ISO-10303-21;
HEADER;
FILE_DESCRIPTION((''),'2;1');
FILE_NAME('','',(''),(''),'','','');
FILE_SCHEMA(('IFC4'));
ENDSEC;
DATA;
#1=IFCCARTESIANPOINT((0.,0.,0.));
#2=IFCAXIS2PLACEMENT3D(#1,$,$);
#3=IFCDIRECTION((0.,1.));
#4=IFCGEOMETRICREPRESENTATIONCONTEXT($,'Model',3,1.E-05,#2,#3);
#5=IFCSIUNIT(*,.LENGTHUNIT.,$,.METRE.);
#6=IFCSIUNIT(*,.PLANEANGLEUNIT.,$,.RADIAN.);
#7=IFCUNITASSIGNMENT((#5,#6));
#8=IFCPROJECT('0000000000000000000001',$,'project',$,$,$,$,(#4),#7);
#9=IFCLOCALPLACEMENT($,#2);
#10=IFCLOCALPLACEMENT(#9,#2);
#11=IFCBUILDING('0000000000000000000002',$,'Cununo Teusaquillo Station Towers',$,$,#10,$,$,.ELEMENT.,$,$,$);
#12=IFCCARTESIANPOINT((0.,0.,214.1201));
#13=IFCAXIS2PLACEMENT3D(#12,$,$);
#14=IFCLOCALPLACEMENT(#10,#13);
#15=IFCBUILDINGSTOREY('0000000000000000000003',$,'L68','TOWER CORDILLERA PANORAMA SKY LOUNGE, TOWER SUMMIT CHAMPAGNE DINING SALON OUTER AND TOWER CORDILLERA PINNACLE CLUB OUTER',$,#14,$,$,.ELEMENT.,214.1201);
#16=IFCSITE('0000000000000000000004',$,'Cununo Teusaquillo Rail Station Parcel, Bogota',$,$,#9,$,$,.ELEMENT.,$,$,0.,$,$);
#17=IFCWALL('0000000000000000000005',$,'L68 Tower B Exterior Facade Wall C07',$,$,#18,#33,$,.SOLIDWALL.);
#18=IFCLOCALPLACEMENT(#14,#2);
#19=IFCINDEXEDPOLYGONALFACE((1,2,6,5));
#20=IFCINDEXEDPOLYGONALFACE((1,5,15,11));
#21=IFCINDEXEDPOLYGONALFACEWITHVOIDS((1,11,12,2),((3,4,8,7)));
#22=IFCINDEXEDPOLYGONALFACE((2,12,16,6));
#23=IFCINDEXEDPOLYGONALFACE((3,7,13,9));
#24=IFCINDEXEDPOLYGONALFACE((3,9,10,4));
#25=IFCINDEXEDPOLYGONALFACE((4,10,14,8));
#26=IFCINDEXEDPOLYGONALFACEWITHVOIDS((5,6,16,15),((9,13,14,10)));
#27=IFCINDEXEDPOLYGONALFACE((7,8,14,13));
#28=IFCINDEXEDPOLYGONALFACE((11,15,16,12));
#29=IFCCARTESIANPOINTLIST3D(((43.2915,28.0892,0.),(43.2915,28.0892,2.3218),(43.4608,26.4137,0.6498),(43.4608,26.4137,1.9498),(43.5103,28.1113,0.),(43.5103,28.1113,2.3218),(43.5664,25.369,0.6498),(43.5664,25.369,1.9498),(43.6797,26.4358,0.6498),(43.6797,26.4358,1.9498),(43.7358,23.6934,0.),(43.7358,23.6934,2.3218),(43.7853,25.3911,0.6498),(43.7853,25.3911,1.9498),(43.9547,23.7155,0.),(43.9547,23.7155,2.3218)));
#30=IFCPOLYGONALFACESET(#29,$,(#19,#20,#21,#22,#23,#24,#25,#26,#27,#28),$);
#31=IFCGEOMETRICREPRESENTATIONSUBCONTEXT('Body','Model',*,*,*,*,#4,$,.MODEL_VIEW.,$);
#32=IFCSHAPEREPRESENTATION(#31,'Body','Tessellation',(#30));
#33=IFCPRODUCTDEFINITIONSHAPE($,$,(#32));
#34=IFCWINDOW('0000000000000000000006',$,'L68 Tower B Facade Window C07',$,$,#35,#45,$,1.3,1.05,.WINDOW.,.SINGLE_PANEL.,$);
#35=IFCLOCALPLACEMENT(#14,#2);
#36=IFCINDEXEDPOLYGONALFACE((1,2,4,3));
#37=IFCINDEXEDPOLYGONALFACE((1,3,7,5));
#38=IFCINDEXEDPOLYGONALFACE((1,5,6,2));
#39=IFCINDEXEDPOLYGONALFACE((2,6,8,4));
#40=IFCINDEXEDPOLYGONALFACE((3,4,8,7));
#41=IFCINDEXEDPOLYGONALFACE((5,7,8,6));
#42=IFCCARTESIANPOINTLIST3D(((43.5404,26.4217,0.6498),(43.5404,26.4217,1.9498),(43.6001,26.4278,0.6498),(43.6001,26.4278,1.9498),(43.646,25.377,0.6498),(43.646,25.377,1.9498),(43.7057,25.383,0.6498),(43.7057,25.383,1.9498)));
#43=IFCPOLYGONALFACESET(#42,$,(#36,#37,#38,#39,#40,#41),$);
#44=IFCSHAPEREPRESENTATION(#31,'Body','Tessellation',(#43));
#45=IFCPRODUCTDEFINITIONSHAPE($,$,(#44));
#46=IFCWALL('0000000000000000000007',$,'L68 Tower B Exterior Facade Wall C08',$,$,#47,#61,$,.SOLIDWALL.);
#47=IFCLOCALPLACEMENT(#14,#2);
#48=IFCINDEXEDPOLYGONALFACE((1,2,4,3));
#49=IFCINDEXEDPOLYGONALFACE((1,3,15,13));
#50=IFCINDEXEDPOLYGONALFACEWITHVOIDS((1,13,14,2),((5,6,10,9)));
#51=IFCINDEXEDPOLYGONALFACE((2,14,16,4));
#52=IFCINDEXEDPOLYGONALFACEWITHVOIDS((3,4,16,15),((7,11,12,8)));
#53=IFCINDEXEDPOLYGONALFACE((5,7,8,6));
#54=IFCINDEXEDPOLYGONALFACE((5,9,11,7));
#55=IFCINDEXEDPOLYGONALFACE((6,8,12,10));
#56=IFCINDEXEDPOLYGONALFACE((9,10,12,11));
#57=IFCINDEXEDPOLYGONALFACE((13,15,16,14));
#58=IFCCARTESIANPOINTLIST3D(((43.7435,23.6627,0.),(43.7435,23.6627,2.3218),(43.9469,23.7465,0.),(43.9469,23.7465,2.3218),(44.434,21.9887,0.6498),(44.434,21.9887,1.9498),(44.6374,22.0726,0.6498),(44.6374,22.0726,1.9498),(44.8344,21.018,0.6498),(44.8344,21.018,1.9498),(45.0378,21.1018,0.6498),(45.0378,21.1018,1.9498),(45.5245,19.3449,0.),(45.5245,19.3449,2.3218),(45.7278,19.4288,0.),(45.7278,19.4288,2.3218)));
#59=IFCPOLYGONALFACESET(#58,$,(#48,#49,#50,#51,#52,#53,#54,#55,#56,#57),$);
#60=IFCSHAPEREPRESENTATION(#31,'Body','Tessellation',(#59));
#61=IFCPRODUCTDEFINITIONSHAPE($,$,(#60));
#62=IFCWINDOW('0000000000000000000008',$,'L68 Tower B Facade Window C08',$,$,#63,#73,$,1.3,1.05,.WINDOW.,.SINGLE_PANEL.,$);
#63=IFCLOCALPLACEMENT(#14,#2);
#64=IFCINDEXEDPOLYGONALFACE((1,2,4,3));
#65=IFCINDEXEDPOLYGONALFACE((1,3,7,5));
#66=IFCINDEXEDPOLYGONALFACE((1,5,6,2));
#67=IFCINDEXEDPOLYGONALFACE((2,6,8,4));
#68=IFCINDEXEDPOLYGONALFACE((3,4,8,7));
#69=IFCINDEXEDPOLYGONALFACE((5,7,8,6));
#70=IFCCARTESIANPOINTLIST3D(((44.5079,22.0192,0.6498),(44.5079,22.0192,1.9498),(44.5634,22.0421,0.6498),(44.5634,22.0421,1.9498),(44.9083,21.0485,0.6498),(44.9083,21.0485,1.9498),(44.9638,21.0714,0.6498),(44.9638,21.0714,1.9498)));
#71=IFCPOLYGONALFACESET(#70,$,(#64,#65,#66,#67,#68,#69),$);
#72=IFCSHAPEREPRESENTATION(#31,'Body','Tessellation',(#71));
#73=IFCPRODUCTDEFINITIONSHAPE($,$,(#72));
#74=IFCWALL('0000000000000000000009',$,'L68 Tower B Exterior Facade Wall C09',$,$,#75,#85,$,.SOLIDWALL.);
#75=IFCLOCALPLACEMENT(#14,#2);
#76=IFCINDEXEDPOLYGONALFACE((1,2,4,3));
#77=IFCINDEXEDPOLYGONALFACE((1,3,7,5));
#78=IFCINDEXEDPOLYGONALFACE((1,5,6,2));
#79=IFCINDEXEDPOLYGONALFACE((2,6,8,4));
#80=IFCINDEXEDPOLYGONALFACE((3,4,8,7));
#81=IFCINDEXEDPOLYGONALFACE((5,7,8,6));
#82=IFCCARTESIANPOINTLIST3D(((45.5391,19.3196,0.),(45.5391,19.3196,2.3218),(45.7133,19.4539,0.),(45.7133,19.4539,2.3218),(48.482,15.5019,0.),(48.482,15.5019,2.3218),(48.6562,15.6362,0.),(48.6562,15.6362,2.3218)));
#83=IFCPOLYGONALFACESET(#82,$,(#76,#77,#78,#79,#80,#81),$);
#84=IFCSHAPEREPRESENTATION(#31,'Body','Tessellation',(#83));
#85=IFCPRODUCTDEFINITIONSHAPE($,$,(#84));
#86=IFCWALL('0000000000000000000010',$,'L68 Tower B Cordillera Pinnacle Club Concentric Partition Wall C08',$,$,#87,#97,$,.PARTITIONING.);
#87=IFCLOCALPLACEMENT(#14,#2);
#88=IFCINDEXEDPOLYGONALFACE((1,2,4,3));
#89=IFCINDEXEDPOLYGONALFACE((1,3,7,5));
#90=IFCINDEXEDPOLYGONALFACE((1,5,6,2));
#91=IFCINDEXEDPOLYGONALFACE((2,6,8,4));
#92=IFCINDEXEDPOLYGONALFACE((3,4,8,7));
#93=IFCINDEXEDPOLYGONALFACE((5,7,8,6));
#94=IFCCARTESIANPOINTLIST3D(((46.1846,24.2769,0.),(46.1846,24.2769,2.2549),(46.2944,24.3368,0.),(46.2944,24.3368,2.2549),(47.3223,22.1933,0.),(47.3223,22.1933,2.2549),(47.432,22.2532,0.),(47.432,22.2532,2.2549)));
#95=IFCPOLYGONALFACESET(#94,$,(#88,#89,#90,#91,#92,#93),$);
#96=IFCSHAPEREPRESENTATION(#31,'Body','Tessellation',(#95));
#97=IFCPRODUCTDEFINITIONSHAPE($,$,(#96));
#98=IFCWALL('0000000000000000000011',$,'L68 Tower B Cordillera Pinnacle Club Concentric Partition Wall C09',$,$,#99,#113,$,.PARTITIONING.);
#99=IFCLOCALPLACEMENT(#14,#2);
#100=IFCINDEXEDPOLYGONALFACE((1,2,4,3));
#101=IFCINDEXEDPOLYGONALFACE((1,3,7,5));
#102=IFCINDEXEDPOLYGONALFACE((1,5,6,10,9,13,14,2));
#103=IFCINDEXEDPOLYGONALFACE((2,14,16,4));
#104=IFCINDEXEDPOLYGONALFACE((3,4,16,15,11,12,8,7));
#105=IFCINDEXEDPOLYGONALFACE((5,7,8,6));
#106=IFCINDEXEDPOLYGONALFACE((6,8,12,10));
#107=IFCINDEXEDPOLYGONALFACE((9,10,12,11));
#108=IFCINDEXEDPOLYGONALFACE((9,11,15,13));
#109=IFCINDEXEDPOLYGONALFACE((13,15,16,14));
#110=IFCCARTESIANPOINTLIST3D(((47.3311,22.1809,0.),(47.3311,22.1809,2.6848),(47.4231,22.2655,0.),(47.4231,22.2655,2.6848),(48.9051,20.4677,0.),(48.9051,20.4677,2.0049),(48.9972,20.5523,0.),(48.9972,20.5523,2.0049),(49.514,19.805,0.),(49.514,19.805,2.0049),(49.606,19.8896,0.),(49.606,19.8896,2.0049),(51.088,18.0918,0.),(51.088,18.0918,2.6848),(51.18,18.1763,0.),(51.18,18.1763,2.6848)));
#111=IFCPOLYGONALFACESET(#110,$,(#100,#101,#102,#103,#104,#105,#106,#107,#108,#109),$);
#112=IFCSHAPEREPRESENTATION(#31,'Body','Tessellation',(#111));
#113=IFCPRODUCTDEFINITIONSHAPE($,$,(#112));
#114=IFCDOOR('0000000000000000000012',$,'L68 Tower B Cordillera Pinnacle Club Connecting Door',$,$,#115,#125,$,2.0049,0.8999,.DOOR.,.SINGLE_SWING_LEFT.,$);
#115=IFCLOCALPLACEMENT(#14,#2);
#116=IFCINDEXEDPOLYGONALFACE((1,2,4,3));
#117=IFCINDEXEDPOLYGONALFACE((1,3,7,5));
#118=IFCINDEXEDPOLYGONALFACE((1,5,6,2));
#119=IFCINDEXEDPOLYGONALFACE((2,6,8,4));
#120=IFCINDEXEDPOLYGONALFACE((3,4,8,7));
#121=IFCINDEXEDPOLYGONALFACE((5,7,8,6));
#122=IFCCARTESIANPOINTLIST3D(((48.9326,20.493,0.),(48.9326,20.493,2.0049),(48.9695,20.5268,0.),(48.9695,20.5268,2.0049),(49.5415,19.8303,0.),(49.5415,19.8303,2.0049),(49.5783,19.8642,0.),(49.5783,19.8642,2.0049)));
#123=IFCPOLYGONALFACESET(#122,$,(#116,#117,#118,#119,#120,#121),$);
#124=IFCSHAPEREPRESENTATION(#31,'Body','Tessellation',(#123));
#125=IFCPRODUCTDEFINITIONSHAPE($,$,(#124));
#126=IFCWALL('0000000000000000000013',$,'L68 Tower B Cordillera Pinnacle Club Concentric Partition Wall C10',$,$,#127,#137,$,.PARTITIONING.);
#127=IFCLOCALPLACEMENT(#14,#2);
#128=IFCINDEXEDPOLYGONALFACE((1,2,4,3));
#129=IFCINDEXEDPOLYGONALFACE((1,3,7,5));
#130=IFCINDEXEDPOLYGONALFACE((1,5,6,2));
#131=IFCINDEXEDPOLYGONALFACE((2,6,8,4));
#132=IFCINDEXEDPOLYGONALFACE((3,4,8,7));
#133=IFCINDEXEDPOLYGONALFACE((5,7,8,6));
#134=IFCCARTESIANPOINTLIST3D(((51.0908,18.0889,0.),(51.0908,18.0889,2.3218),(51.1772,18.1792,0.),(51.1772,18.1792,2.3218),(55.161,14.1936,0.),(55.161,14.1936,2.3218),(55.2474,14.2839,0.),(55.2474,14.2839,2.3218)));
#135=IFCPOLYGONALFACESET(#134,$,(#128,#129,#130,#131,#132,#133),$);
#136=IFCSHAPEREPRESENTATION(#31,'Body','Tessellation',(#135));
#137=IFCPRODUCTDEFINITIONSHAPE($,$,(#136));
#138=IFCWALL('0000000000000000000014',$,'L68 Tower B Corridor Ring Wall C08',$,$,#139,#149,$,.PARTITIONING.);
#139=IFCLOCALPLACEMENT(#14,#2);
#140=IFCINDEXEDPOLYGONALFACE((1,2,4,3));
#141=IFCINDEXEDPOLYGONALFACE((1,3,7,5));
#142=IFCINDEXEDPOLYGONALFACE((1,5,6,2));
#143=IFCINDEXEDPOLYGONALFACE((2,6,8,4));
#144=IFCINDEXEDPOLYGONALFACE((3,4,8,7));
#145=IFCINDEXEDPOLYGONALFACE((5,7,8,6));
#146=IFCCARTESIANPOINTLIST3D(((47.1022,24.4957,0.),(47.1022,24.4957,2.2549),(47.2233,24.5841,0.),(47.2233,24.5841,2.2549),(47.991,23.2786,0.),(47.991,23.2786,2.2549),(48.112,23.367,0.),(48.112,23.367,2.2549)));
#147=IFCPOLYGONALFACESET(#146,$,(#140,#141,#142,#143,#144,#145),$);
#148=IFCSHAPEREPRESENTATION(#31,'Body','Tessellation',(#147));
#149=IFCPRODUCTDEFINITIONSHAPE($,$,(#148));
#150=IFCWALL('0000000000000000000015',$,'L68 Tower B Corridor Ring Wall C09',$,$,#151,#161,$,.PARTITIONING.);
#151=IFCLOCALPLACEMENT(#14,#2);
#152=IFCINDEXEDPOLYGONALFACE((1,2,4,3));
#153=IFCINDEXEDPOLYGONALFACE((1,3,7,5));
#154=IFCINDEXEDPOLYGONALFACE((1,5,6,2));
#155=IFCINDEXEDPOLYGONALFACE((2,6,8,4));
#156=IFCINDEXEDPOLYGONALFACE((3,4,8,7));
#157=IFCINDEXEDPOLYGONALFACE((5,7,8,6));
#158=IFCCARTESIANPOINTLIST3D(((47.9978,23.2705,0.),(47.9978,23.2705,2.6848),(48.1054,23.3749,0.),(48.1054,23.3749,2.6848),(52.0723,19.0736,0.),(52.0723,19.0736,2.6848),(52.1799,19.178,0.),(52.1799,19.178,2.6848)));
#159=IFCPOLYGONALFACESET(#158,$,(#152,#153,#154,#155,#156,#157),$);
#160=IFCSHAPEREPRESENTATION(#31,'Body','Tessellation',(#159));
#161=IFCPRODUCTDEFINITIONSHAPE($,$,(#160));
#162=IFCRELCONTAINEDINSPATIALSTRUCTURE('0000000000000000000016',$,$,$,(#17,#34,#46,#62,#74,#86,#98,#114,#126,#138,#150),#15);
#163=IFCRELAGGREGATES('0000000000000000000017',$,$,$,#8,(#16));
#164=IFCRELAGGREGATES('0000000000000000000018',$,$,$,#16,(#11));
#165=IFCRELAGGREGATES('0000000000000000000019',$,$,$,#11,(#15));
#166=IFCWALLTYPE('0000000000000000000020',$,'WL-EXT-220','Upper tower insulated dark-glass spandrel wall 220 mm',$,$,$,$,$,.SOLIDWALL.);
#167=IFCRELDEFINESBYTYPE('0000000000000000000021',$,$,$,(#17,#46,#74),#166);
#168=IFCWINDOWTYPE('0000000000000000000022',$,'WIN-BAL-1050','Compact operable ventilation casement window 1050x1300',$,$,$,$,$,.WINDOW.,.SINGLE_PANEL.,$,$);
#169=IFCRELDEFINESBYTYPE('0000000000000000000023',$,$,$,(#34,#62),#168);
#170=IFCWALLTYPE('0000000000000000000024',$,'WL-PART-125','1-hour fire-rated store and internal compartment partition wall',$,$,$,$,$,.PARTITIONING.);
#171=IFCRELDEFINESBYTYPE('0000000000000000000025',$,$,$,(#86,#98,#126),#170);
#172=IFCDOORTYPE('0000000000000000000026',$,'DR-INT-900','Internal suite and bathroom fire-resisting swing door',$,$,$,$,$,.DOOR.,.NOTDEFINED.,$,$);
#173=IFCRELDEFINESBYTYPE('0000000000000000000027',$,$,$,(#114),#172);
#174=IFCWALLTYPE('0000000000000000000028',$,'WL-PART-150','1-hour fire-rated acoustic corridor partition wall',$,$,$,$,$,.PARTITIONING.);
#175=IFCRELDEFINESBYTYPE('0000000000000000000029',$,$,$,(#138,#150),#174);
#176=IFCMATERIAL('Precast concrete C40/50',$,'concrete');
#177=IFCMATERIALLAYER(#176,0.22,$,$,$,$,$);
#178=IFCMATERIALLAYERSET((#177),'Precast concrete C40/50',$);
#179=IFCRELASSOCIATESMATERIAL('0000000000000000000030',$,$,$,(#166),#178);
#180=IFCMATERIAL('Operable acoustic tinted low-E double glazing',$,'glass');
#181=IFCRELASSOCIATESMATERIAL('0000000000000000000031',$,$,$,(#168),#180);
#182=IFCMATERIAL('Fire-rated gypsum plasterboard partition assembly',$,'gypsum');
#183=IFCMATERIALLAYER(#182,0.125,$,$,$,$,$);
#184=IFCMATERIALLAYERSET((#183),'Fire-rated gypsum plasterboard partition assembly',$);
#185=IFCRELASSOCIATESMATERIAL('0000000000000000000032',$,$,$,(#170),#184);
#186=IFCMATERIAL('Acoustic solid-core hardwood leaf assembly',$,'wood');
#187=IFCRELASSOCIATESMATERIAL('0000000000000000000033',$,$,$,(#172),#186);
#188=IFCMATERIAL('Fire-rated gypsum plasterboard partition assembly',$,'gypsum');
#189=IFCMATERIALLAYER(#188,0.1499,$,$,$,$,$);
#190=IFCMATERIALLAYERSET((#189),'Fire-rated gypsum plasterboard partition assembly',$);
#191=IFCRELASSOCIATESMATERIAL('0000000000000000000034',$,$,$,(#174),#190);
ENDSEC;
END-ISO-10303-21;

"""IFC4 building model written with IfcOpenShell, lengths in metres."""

from ifc_helpers import new_model, si_unit, direction, frame, frame_2d, origin, place, context, subcontext, project, spatial, rectangle, extrude, source, transform, mapped, material, layer, layer_set, type_object, element, fill, save


model = new_model("IFC4")

# Units and contexts
model_context = context("Model", 3, precision=1e-05, world=origin(), true_north=direction((0.0, 1.0)))
body_context = subcontext(model_context, "Body", "Model", "MODEL_VIEW")
ifc_project = project(units=[si_unit("LENGTHUNIT", "METRE"), si_unit("PLANEANGLEUNIT", "RADIAN")], contexts=[model_context])

# Site, building, storey
site_placement = place(None, origin())
site = spatial("IfcSite", under=ifc_project, at=site_placement, Name="Cununo Teusaquillo Rail Station Parcel, Bogota", CompositionType="ELEMENT", RefElevation=0.0)
building_placement = place(site_placement, origin())
building = spatial("IfcBuilding", under=site, at=building_placement, Name="Cununo Teusaquillo Station Towers", CompositionType="ELEMENT")
storey_placement = place(building_placement, frame((0.0, 0.0, 214.1201)))
storey = spatial("IfcBuildingStorey", under=building, at=storey_placement, Name="L68", Description="TOWER CORDILLERA PANORAMA SKY LOUNGE, TOWER SUMMIT CHAMPAGNE DINING SALON OUTER AND TOWER CORDILLERA PINNACLE CLUB OUTER", CompositionType="ELEMENT", Elevation=214.1201)

# Shared definitions
ifc_material_1 = material(Name="Precast concrete C40/50", Category="concrete")
ifc_layer_1 = layer(ifc_material_1, 0.22)
ifc_layer_set_1 = layer_set([ifc_layer_1], Name="Precast concrete C40/50")
wall_type_1 = type_object("IfcWallType", Name="WL-EXT-220", Description="Upper tower insulated dark-glass spandrel wall 220 mm", PredefinedType="SOLIDWALL", material=ifc_layer_set_1)

# Walls, openings, windows
shared_shape_1 = source(origin(), body_context, "Body", "SweptSolid", [
    extrude(rectangle(XDim=1.05, YDim=1.3, at=frame_2d((0.5249, 0.6499))), frame((0.0, 0.1199, 0.0), z_axis=(0.0, -1.0, 0.0), x_axis=(1.0, 0.0, 0.0)), (0.0, 0.0, 1.0), 0.24),
])
ifc_material_2 = material(Name="Operable acoustic tinted low-E double glazing", Category="glass")
window_type = type_object("IfcWindowType", Name="WIN-BAL-1050", Description="Compact operable ventilation casement window 1050x1300", PartitioningType="SINGLE_PANEL", PredefinedType="WINDOW", material=ifc_material_2)
shared_shape_2 = source(origin(), body_context, "Body", "SweptSolid", [
    extrude(rectangle(XDim=1.05, YDim=1.3, at=frame_2d((0.5249, 0.6499))), frame((0.0, 0.03, 0.0), z_axis=(0.0, -1.0, 0.0), x_axis=(1.0, 0.0, 0.0)), (0.0, 0.0, 1.0), 0.0601),
])
wall_1_placement = place(storey_placement, frame((43.8452, 23.7046, 0.0), z_axis=(0.0, 0.0, 1.0), x_axis=(-0.100571, 0.99493, 0.0)))
wall_1 = element("IfcWall", 1, at=wall_1_placement, inside=storey, type_object=wall_type_1, Name="L68 Tower B Exterior Facade Wall C07", PredefinedType="SOLIDWALL", context=body_context, shape_type="SweptSolid", body=[
    extrude(rectangle(XDim=4.4182, YDim=0.22, at=frame_2d((2.209, 0.0))), origin(), (0.0, 0.0, 1.0), 2.3218),
])
opening_1_placement = place(wall_1_placement, frame((1.6841, 0.0, 0.6499)))
opening_1 = element("IfcOpeningElement", 2, at=opening_1_placement, cuts=wall_1, PredefinedType="OPENING", context=body_context, shape_type="MappedRepresentation", body=[
    mapped(shared_shape_1, transform((0.0, 0.0, 0.0), x_axis=(1.0, 0.0, 0.0), y_axis=(0.0, 1.0, 0.0), z_axis=(0.0, 0.0, 1.0), scale=1.0)),
])
window_1_placement = place(opening_1_placement, origin())
window_1 = element("IfcWindow", 3, at=window_1_placement, inside=storey, type_object=window_type, Name="L68 Tower B Facade Window C07", OverallHeight=1.3, OverallWidth=1.05, PartitioningType="SINGLE_PANEL", PredefinedType="WINDOW", context=body_context, shape_type="MappedRepresentation", body=[
    mapped(shared_shape_2, transform((0.0, 0.0, 0.0), x_axis=(1.0, 0.0, 0.0), y_axis=(0.0, 1.0, 0.0), z_axis=(0.0, 0.0, 1.0), scale=1.0)),
])
fill(opening_1, window_1)
wall_2_placement = place(storey_placement, frame((45.6262, 19.3867, 0.0), z_axis=(0.0, 0.0, 1.0), x_axis=(-0.38131, 0.924447, 0.0)))
wall_2 = element("IfcWall", 4, at=wall_2_placement, inside=storey, type_object=wall_type_1, Name="L68 Tower B Exterior Facade Wall C08", PredefinedType="SOLIDWALL", context=body_context, shape_type="SweptSolid", body=[
    extrude(rectangle(XDim=4.6707, YDim=0.22, at=frame_2d((2.3354, 0.0))), origin(), (0.0, 0.0, 1.0), 2.3218),
])
opening_2_placement = place(wall_2_placement, frame((1.8101, 0.0, 0.6499)))
opening_2 = element("IfcOpeningElement", 5, at=opening_2_placement, cuts=wall_2, PredefinedType="OPENING", context=body_context, shape_type="MappedRepresentation", body=[
    mapped(shared_shape_1, transform((0.0, 0.0, 0.0), x_axis=(1.0, 0.0, 0.0), y_axis=(0.0, 1.0, 0.0), z_axis=(0.0, 0.0, 1.0), scale=1.0)),
])
window_2_placement = place(opening_2_placement, origin())
window_2 = element("IfcWindow", 6, at=window_2_placement, inside=storey, type_object=window_type, Name="L68 Tower B Facade Window C08", OverallHeight=1.3, OverallWidth=1.05, PartitioningType="SINGLE_PANEL", PredefinedType="WINDOW", context=body_context, shape_type="MappedRepresentation", body=[
    mapped(shared_shape_2, transform((0.0, 0.0, 0.0), x_axis=(1.0, 0.0, 0.0), y_axis=(0.0, 1.0, 0.0), z_axis=(0.0, 0.0, 1.0), scale=1.0)),
])
fill(opening_2, window_2)

# Walls
wall_3_placement = place(storey_placement, frame((48.5691, 15.5691, 0.0), z_axis=(0.0, 0.0, 1.0), x_axis=(-0.610523, 0.791998, 0.0)))
element("IfcWall", 7, at=wall_3_placement, inside=storey, type_object=wall_type_1, Name="L68 Tower B Exterior Facade Wall C09", PredefinedType="SOLIDWALL", context=body_context, shape_type="SweptSolid", body=[
    extrude(rectangle(XDim=4.8203, YDim=0.22, at=frame_2d((2.4102, 0.0))), origin(), (0.0, 0.0, 1.0), 2.3218),
])
ifc_material_3 = material(Name="Fire-rated gypsum plasterboard partition assembly", Category="gypsum")
ifc_layer_2 = layer(ifc_material_3, 0.125)
ifc_layer_set_2 = layer_set([ifc_layer_2], Name="Fire-rated gypsum plasterboard partition assembly")
wall_type_2 = type_object("IfcWallType", Name="WL-PART-125", Description="1-hour fire-rated store and internal compartment partition wall", PredefinedType="PARTITIONING", material=ifc_layer_set_2)
wall_4_placement = place(storey_placement, frame((46.2395, 24.3069, 0.0), z_axis=(0.0, 0.0, 1.0), x_axis=(0.479212, -0.877699, 0.0)))
element("IfcWall", 8, at=wall_4_placement, inside=storey, type_object=wall_type_2, Name="L68 Tower B Cordillera Pinnacle Club Concentric Partition Wall C08", PredefinedType="PARTITIONING", context=body_context, shape_type="SweptSolid", body=[
    extrude(rectangle(XDim=2.374, YDim=0.125, at=frame_2d((1.187, 0.0))), origin(), (0.0, 0.0, 1.0), 2.2549),
])

# Wall, opening, door
wall_5_placement = place(storey_placement, frame((47.3772, 22.2231, 0.0), z_axis=(0.0, 0.0, 1.0), x_axis=(0.676554, -0.736393, 0.0)))
wall_5 = element("IfcWall", 9, at=wall_5_placement, inside=storey, type_object=wall_type_2, Name="L68 Tower B Cordillera Pinnacle Club Concentric Partition Wall C09", PredefinedType="PARTITIONING", context=body_context, shape_type="SweptSolid", body=[
    extrude(rectangle(XDim=5.553, YDim=0.125, at=frame_2d((2.7764, 0.0))), origin(), (0.0, 0.0, 1.0), 2.6848),
])
shared_shape_3 = source(origin(), body_context, "Body", "SweptSolid", [
    extrude(rectangle(XDim=0.8999, YDim=2.0049, at=frame_2d((0.45, 1.0024))), frame((0.0, 0.0725, 0.0), z_axis=(0.0, -1.0, 0.0), x_axis=(1.0, 0.0, 0.0)), (0.0, 0.0, 1.0), 0.145),
])
opening_3_placement = place(wall_5_placement, frame((2.3264, 0.0, 0.0)))
opening_3 = element("IfcOpeningElement", 10, at=opening_3_placement, cuts=wall_5, PredefinedType="OPENING", context=body_context, shape_type="MappedRepresentation", body=[
    mapped(shared_shape_3, transform((0.0, 0.0, 0.0), x_axis=(1.0, 0.0, 0.0), y_axis=(0.0, 1.0, 0.0), z_axis=(0.0, 0.0, 1.0), scale=1.0)),
])
ifc_material_4 = material(Name="Acoustic solid-core hardwood leaf assembly", Category="wood")
door_type_1 = type_object("IfcDoorType", Name="DR-INT-900", Description="Internal suite and bathroom fire-resisting swing door", OperationType="NOTDEFINED", PredefinedType="DOOR", material=ifc_material_4)
shared_shape_4 = source(origin(), body_context, "Body", "SweptSolid", [
    extrude(rectangle(XDim=0.8999, YDim=2.0049, at=frame_2d((0.45, 1.0024))), frame((0.0, 0.0249, 0.0), z_axis=(0.0, -1.0, 0.0), x_axis=(1.0, 0.0, 0.0)), (0.0, 0.0, 1.0), 0.05),
])
door_1_placement = place(opening_3_placement, origin())
door_1 = element("IfcDoor", 11, at=door_1_placement, inside=storey, type_object=door_type_1, Name="L68 Tower B Cordillera Pinnacle Club Connecting Door", OperationType="SINGLE_SWING_LEFT", OverallHeight=2.0049, OverallWidth=0.8999, PredefinedType="DOOR", context=body_context, shape_type="MappedRepresentation", body=[
    mapped(shared_shape_4, transform((0.0, 0.0, 0.0), x_axis=(1.0, 0.0, 0.0), y_axis=(0.0, 1.0, 0.0), z_axis=(0.0, 0.0, 1.0), scale=1.0)),
])
fill(opening_3, door_1)

# Walls
wall_6_placement = place(storey_placement, frame((51.134, 18.134, 0.0), z_axis=(0.0, 0.0, 1.0), x_axis=(0.722451, -0.691422, 0.0)))
element("IfcWall", 12, at=wall_6_placement, inside=storey, type_object=wall_type_2, Name="L68 Tower B Cordillera Pinnacle Club Concentric Partition Wall C10", PredefinedType="PARTITIONING", context=body_context, shape_type="SweptSolid", body=[
    extrude(rectangle(XDim=5.6338, YDim=0.125, at=frame_2d((2.8169, 0.0))), origin(), (0.0, 0.0, 1.0), 2.3218),
])
ifc_material_5 = material(Name="Fire-rated gypsum plasterboard partition assembly", Category="gypsum")
ifc_layer_3 = layer(ifc_material_5, 0.1499)
ifc_layer_set_3 = layer_set([ifc_layer_3], Name="Fire-rated gypsum plasterboard partition assembly")
wall_type_3 = type_object("IfcWallType", Name="WL-PART-150", Description="1-hour fire-rated acoustic corridor partition wall", PredefinedType="PARTITIONING", material=ifc_layer_set_3)
wall_7_placement = place(storey_placement, frame((47.1628, 24.5398, 0.0), z_axis=(0.0, 0.0, 1.0), x_axis=(0.589712, -0.807614, 0.0)))
element("IfcWall", 13, at=wall_7_placement, inside=storey, type_object=wall_type_3, Name="L68 Tower B Corridor Ring Wall C08", PredefinedType="PARTITIONING", context=body_context, shape_type="SweptSolid", body=[
    extrude(rectangle(XDim=1.5071, YDim=0.1499, at=frame_2d((0.7534, 0.0))), origin(), (0.0, 0.0, 1.0), 2.2549),
])
wall_8_placement = place(storey_placement, frame((48.0515, 23.3228, 0.0), z_axis=(0.0, 0.0, 1.0), x_axis=(0.696574, -0.717485, 0.0)))
element("IfcWall", 14, at=wall_8_placement, inside=storey, type_object=wall_type_3, Name="L68 Tower B Corridor Ring Wall C09", PredefinedType="PARTITIONING", context=body_context, shape_type="SweptSolid", body=[
    extrude(rectangle(XDim=5.8494, YDim=0.1499, at=frame_2d((2.9248, 0.0))), origin(), (0.0, 0.0, 1.0), 2.6848),
])

save(model, "model.ifc")
